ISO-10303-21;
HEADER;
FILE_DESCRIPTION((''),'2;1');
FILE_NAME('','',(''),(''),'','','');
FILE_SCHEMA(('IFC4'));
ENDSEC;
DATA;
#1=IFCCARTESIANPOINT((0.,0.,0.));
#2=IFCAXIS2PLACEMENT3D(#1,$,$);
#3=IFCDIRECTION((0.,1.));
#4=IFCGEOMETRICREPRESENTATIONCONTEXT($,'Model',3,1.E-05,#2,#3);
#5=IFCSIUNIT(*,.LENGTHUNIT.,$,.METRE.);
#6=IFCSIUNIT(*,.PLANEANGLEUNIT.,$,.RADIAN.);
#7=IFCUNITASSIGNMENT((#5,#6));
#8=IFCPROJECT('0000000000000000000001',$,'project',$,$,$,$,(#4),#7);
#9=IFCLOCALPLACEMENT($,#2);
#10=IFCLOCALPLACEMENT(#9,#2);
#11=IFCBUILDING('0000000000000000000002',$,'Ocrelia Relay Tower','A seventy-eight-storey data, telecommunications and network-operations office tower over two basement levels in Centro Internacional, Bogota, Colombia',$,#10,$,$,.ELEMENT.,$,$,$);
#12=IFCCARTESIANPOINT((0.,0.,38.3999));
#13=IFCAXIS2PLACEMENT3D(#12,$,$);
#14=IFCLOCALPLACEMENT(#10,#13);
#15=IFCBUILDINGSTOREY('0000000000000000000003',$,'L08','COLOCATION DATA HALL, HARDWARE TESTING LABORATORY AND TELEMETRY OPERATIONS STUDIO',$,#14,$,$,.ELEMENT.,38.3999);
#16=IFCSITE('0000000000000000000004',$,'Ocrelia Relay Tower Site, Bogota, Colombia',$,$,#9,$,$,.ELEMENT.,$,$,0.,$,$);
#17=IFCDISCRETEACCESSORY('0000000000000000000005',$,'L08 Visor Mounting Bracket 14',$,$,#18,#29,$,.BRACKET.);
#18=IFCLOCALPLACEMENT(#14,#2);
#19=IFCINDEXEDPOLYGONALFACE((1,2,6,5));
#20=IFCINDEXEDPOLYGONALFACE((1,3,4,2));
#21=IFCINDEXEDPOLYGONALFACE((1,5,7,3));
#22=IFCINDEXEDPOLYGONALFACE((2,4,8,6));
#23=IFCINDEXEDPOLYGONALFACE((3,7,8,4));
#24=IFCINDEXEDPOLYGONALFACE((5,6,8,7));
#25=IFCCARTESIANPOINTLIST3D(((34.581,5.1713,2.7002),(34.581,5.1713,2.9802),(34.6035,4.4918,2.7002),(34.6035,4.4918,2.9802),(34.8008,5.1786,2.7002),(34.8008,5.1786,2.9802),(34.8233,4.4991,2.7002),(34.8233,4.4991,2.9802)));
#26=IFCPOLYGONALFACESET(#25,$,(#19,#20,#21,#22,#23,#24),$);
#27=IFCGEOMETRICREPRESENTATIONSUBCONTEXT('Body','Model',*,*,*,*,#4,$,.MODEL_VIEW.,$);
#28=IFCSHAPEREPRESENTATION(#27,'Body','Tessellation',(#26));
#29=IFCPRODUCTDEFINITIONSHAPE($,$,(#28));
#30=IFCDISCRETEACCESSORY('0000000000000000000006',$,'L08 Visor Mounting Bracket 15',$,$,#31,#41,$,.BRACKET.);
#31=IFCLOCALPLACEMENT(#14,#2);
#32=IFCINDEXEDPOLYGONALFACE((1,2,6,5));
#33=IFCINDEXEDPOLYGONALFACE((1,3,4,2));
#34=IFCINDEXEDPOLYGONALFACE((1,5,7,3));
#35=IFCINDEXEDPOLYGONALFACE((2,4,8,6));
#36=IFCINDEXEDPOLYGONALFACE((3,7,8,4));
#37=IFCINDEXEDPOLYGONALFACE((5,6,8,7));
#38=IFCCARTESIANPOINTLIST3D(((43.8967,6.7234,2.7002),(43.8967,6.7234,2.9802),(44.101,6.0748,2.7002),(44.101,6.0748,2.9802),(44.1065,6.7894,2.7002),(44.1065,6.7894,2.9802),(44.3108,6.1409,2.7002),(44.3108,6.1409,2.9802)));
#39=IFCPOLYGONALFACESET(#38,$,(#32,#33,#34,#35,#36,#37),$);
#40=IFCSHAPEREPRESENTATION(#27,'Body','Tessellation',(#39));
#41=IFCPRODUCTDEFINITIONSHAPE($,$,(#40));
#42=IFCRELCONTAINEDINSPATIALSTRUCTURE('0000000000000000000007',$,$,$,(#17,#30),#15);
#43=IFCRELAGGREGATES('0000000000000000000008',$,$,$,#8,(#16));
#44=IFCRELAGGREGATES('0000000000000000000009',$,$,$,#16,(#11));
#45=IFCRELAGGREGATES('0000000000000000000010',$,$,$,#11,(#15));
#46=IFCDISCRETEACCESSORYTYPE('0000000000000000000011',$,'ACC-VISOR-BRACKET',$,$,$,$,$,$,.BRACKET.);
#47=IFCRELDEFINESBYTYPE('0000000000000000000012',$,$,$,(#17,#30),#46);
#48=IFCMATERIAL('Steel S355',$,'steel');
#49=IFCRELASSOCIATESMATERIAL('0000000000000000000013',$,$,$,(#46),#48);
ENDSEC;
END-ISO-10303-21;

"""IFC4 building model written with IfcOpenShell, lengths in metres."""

from ifc_helpers import new_model, si_unit, direction, frame, origin, origin_2d, place, context, subcontext, project, spatial, rectangle, extrude, material, type_object, element, save


model = new_model("IFC4")

# Units and contexts
model_context = context("Model", 3, precision=1e-05, world=origin(), true_north=direction((0.0, 1.0)))
body_context = subcontext(model_context, "Body", "Model", "MODEL_VIEW")
ifc_project = project(units=[si_unit("LENGTHUNIT", "METRE"), si_unit("PLANEANGLEUNIT", "RADIAN")], contexts=[model_context])

# Site, building, storey
site_placement = place(None, origin())
site = spatial("IfcSite", under=ifc_project, at=site_placement, Name="Ocrelia Relay Tower Site, Bogota, Colombia", CompositionType="ELEMENT", RefElevation=0.0)
building_placement = place(site_placement, origin())
building = spatial("IfcBuilding", under=site, at=building_placement, Name="Ocrelia Relay Tower", Description="A seventy-eight-storey data, telecommunications and network-operations office tower over two basement levels in Centro Internacional, Bogota, Colombia", CompositionType="ELEMENT")
storey_placement = place(building_placement, frame((0.0, 0.0, 38.3999)))
storey = spatial("IfcBuildingStorey", under=building, at=storey_placement, Name="L08", Description="COLOCATION DATA HALL, HARDWARE TESTING LABORATORY AND TELEMETRY OPERATIONS STUDIO", CompositionType="ELEMENT", Elevation=38.3999)

# Shared definitions
ifc_material_1 = material(Name="Steel S355", Category="steel")

# Discrete accessories
discrete_accessory_type_1 = type_object("IfcDiscreteAccessoryType", Name="ACC-VISOR-BRACKET", PredefinedType="BRACKET", material=ifc_material_1)
for number, where, z_axis, x_axis, name in (
    (1, (34.7021, 4.8352, 2.7002), (0.0, 0.0, 1.0), (0.99945, 0.033154, 0.0), "L08 Visor Mounting Bracket 14"),
    (2, (44.1038, 6.4321, 2.7002), (0.0, 0.0, 1.0), (0.95381, 0.300411, 0.0), "L08 Visor Mounting Bracket 15"),
):
    element("IfcDiscreteAccessory", number, at=place(storey_placement, frame(where, z_axis=z_axis, x_axis=x_axis)), inside=storey, type_object=discrete_accessory_type_1, Name=name, PredefinedType="BRACKET", context=body_context, shape_type="SweptSolid", body=[
        extrude(rectangle(XDim=0.22, YDim=0.6799, at=origin_2d()), origin(), (0.0, 0.0, 1.0), 0.28),
    ])

save(model, "model.ifc")
